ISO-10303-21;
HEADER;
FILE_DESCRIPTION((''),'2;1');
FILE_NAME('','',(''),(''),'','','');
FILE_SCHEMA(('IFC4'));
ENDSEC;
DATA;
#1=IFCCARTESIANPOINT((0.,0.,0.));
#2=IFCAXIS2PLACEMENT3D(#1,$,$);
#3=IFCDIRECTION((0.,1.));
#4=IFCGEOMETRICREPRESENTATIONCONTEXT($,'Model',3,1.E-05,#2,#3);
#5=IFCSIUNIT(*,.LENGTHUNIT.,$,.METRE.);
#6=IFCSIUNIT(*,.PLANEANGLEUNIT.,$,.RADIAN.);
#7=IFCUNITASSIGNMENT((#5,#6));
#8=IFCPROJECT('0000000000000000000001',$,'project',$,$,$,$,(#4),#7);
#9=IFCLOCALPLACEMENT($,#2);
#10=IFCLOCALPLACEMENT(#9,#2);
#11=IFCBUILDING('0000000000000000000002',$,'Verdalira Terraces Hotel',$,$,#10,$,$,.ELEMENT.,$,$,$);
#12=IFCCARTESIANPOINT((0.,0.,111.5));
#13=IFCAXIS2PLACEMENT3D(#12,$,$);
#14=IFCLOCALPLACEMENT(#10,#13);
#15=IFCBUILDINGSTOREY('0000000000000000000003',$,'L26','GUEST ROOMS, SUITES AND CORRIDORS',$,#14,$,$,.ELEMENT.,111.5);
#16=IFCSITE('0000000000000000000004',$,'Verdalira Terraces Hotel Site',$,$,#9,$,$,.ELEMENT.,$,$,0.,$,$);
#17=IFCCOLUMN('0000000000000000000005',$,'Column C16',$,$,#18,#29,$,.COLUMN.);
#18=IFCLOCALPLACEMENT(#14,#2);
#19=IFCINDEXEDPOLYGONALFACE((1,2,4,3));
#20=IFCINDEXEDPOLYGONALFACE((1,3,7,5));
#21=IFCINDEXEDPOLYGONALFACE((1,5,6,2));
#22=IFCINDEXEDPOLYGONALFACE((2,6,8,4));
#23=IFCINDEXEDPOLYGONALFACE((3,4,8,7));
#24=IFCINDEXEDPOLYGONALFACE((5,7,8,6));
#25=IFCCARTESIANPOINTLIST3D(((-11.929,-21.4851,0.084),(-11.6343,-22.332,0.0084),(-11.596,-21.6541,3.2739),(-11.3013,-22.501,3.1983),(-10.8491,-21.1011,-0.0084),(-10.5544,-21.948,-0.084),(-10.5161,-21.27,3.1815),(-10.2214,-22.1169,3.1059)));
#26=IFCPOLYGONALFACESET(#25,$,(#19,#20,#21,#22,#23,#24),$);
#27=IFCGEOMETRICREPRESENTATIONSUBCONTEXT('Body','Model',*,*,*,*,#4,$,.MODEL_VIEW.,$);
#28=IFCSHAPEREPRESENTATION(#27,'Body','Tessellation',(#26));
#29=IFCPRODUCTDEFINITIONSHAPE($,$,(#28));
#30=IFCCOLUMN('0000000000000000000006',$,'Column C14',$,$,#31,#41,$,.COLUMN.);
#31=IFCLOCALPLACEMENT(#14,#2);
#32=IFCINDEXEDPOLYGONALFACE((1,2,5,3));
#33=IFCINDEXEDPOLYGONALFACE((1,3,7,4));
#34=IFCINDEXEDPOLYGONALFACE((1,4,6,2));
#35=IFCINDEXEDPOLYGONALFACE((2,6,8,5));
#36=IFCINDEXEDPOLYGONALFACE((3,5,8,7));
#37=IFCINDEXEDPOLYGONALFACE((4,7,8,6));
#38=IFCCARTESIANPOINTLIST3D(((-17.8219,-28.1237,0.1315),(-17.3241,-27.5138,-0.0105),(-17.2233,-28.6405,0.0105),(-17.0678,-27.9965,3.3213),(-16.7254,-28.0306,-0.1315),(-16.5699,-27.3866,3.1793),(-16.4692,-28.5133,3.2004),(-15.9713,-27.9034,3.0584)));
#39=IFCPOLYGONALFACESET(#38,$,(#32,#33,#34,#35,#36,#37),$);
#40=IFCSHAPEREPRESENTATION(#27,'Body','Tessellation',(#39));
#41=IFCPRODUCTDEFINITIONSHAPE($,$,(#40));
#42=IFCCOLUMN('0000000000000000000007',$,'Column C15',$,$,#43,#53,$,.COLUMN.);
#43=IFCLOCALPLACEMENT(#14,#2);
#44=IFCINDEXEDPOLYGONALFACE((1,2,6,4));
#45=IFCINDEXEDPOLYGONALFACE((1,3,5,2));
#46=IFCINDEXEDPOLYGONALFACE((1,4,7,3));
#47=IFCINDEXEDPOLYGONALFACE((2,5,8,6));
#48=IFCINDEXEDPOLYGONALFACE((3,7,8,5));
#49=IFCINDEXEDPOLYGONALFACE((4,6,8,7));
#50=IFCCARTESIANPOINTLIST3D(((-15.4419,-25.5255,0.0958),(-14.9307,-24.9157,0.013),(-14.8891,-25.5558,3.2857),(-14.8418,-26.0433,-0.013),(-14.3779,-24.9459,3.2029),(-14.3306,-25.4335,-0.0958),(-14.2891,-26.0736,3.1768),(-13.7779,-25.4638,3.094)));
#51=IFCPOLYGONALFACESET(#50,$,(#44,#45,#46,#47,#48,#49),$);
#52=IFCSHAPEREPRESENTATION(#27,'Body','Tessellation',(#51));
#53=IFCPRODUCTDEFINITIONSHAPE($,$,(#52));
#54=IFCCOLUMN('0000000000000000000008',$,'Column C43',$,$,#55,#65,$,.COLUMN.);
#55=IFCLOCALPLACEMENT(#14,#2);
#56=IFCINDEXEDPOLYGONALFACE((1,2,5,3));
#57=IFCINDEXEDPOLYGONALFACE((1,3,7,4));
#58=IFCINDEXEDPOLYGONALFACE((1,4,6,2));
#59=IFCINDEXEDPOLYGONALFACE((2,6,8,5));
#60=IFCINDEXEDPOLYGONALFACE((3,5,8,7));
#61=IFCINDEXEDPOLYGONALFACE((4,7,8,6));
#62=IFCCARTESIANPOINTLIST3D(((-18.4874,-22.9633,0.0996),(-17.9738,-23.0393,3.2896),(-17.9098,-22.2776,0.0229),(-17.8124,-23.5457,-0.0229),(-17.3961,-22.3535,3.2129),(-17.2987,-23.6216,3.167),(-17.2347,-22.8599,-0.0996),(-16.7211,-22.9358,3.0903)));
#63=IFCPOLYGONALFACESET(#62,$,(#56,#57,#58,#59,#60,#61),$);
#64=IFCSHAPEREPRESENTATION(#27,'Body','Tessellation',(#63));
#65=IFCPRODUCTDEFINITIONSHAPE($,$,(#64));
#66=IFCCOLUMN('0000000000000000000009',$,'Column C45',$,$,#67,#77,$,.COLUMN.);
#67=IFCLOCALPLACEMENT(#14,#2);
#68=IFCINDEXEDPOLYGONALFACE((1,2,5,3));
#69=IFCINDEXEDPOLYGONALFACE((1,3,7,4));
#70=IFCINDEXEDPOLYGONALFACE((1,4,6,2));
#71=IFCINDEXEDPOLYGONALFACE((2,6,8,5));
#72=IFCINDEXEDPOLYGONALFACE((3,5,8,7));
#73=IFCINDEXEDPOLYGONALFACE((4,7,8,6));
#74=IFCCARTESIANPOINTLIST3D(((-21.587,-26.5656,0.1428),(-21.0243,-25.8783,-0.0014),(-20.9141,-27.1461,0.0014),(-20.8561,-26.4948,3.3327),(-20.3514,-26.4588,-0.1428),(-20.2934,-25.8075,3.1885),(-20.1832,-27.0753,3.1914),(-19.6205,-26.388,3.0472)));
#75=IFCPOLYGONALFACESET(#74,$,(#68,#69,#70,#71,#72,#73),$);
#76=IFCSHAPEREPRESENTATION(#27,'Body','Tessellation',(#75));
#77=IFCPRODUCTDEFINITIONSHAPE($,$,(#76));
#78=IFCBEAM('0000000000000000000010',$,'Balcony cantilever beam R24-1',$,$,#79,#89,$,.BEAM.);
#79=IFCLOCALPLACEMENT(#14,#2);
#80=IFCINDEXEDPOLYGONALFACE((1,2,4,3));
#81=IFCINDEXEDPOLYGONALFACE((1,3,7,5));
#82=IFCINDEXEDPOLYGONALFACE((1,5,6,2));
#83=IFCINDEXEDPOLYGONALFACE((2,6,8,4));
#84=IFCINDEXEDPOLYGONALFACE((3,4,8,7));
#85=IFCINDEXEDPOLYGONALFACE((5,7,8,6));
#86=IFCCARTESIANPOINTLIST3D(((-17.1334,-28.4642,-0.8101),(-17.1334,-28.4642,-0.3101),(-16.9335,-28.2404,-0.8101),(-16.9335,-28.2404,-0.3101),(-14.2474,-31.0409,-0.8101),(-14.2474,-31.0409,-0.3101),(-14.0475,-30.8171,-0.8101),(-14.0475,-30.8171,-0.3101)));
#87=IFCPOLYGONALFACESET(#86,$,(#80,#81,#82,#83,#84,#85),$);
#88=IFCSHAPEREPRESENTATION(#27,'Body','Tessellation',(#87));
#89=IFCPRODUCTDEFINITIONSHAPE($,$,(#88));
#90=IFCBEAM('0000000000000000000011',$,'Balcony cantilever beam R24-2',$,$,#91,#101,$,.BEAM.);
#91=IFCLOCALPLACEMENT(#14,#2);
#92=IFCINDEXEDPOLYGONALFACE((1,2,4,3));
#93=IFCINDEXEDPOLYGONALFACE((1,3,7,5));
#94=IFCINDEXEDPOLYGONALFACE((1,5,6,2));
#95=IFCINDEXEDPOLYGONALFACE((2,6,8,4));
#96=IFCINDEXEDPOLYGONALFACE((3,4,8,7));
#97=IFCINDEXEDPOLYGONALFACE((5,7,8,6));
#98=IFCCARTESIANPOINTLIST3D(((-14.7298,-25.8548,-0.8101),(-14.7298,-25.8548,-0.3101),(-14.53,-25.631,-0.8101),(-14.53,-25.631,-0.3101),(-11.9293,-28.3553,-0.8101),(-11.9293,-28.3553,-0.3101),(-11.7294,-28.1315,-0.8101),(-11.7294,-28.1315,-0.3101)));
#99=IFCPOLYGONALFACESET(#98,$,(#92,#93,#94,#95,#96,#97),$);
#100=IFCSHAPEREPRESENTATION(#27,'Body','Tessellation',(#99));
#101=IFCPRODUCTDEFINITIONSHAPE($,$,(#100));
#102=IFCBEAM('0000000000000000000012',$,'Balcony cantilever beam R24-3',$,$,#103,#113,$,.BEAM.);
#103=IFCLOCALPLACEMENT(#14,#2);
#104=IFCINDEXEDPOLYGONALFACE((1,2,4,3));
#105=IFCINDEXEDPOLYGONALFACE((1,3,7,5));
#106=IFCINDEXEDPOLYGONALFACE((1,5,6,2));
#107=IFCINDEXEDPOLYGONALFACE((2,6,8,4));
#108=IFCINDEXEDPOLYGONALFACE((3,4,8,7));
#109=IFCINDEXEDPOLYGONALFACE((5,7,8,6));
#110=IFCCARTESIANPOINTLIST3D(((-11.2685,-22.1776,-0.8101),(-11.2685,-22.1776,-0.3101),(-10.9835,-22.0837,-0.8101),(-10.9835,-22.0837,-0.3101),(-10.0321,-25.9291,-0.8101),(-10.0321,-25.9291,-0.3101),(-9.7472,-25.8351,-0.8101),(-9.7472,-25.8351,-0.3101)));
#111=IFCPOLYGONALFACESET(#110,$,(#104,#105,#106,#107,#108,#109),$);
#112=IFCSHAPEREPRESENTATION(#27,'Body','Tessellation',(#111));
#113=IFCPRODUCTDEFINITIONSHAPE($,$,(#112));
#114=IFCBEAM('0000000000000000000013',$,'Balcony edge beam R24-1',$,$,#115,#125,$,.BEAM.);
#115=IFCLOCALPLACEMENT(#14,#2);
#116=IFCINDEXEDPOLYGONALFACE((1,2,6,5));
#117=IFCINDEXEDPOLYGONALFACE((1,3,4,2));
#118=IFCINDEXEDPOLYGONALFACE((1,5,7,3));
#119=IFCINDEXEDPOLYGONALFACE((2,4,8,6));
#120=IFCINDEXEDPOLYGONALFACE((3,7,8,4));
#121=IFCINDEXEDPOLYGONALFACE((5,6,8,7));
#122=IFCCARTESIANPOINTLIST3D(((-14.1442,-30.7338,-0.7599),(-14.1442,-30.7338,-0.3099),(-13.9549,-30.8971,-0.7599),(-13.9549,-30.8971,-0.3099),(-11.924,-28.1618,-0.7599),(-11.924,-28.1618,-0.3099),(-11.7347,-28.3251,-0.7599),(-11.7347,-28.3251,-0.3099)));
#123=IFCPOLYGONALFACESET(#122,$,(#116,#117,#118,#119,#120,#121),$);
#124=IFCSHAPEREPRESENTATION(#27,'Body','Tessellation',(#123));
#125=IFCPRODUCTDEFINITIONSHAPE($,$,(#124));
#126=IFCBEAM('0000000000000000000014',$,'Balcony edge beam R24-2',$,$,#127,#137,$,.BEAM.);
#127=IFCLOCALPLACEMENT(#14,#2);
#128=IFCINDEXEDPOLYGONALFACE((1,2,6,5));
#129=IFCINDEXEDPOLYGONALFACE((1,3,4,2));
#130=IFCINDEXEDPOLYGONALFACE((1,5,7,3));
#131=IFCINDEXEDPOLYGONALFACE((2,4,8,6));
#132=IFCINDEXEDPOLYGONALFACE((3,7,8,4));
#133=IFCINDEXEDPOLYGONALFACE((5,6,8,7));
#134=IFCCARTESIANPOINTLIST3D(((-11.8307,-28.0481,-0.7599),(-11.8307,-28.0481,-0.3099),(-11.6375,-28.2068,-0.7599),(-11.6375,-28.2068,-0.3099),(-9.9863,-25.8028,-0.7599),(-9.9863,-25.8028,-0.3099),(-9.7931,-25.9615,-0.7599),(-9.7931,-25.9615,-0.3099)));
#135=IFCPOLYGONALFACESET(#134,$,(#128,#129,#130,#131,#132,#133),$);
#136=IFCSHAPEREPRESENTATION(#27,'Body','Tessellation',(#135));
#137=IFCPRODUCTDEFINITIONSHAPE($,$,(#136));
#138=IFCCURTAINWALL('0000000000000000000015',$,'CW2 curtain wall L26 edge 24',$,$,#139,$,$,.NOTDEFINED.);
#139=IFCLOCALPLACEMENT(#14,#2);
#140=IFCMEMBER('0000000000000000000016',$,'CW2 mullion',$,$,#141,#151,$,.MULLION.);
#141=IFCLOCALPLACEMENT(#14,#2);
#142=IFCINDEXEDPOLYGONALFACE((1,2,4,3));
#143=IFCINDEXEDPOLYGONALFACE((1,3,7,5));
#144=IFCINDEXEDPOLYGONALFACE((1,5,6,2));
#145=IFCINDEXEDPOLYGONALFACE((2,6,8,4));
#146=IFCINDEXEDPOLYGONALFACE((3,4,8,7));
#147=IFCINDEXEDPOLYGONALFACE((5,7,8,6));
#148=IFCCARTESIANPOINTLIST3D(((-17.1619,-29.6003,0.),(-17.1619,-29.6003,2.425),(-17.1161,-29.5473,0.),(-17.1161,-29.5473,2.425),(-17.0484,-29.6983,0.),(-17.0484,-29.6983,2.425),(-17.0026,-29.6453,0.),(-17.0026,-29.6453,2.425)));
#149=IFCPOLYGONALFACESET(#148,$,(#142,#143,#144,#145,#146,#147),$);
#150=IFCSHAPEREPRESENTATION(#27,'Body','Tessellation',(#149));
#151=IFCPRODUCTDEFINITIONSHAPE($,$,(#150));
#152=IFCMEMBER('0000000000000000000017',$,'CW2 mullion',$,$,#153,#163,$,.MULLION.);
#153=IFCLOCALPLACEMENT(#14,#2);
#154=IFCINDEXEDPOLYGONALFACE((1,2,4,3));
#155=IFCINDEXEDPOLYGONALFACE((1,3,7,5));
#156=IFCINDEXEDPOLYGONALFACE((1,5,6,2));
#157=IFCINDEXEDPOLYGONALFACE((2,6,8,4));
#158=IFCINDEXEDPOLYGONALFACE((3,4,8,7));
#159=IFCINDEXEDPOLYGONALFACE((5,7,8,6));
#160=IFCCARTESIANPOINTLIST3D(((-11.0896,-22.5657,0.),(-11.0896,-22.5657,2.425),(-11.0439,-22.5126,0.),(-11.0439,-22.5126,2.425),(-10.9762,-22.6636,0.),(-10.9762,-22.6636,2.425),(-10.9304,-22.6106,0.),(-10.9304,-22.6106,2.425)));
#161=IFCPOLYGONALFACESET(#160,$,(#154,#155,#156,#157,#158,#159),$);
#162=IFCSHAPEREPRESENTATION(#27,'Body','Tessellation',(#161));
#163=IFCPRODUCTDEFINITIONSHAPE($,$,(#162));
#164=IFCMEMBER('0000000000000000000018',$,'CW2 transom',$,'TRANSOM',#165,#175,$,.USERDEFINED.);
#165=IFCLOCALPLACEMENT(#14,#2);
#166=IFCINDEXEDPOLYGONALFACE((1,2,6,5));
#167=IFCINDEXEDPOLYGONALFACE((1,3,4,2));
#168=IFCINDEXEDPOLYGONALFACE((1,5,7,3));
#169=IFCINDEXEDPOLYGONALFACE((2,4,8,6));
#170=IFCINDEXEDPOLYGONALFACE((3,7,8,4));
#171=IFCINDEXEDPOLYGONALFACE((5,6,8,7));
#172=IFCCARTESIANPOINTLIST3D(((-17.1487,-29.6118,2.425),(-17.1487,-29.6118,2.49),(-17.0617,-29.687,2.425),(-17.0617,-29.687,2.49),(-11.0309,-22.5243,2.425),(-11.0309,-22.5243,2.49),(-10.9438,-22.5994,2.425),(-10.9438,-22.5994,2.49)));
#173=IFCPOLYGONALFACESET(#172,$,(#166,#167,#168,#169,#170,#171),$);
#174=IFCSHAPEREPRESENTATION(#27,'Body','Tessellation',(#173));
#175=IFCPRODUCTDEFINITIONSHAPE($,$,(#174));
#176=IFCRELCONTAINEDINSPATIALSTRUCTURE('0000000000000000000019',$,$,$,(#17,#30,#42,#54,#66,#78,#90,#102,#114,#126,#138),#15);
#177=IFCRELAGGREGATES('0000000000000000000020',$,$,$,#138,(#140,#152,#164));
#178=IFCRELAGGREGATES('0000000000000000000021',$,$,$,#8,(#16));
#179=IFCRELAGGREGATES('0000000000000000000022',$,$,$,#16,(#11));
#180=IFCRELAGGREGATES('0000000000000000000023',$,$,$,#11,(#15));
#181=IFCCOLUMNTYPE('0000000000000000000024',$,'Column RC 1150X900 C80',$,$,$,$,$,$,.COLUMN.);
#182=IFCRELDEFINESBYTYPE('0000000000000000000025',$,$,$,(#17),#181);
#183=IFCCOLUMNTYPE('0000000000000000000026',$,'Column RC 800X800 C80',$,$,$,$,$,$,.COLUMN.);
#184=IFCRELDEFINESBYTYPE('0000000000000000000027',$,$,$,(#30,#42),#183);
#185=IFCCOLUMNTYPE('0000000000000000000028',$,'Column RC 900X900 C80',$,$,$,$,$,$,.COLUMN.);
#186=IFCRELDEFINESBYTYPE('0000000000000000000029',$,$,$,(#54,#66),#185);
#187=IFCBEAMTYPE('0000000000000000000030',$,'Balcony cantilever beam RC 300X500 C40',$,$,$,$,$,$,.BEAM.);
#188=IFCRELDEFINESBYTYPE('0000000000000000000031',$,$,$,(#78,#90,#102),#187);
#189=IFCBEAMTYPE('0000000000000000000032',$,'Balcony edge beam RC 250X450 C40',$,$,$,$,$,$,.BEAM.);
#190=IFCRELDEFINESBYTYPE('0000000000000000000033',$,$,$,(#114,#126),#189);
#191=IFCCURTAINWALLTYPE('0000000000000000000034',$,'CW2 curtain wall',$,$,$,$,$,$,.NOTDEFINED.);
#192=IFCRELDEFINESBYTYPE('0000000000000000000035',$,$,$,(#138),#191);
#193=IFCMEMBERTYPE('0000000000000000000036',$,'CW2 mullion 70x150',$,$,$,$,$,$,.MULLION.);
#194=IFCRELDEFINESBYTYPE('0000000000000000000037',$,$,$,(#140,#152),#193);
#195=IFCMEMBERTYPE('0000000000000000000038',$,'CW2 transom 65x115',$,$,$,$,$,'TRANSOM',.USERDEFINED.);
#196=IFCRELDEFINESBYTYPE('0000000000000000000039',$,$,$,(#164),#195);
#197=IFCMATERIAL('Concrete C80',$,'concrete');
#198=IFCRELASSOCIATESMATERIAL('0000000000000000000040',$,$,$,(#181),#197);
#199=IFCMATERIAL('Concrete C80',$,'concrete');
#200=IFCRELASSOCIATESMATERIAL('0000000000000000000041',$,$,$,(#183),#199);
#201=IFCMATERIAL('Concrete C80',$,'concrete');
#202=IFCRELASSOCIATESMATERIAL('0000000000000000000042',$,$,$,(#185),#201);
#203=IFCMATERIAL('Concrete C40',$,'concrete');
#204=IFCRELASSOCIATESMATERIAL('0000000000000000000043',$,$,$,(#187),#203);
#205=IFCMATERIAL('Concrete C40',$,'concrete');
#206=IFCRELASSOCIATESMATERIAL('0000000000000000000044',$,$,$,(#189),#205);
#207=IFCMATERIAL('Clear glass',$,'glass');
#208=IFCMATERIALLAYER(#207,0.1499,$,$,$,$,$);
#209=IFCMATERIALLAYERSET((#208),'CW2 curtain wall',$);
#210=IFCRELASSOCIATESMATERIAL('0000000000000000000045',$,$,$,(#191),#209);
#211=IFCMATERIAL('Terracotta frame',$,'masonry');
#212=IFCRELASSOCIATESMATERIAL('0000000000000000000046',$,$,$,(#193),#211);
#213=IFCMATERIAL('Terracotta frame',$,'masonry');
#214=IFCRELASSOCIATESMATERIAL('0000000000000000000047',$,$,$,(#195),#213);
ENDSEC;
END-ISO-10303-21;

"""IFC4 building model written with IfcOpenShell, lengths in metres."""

from ifc_helpers import new_model, si_unit, direction, frame, origin, origin_2d, place, context, subcontext, project, spatial, rectangle, extrude, material, layer, layer_set, material_profile, profile_set, type_object, element, aggregate, save


model = new_model("IFC4")

# Units and contexts
model_context = context("Model", 3, precision=1e-05, world=origin(), true_north=direction((0.0, 1.0)))
body_context = subcontext(model_context, "Body", "Model", "MODEL_VIEW")
ifc_project = project(units=[si_unit("LENGTHUNIT", "METRE"), si_unit("PLANEANGLEUNIT", "RADIAN")], contexts=[model_context])

# Site, building, storey
site_placement = place(None, origin())
site = spatial("IfcSite", under=ifc_project, at=site_placement, Name="Verdalira Terraces Hotel Site", CompositionType="ELEMENT", RefElevation=0.0)
building_placement = place(site_placement, origin())
building = spatial("IfcBuilding", under=site, at=building_placement, Name="Verdalira Terraces Hotel", CompositionType="ELEMENT")
storey_placement = place(building_placement, frame((0.0, 0.0, 111.5)))
storey = spatial("IfcBuildingStorey", under=building, at=storey_placement, Name="L26", Description="GUEST ROOMS, SUITES AND CORRIDORS", CompositionType="ELEMENT", Elevation=111.5)

# Columns
ifc_material_1 = material(Name="Concrete C80", Category="concrete")
ifc_material_profile_1 = material_profile(ifc_material_1, rectangle(XDim=1.1499, YDim=0.8999, at=origin_2d()), Name="RC 1150X900")
ifc_profile_set_1 = profile_set([ifc_material_profile_1], Name="Concrete C80")
column_type_1 = type_object("IfcColumnType", Name="Column RC 1150X900 C80", PredefinedType="COLUMN", material=ifc_profile_set_1)
column_1_placement = place(storey_placement, frame((-11.2417, -21.7166, 0.0), z_axis=(0.103685, -0.052603, 0.993218), x_axis=(-0.939138, -0.334011, 0.08035)))
element("IfcColumn", 1, at=column_1_placement, inside=storey, type_object=column_type_1, Name="Column C16", PredefinedType="COLUMN", context=body_context, shape_type="SweptSolid", body=[
    extrude(rectangle(XDim=1.1499, YDim=0.8999, at=origin_2d()), origin(), (0.0, 0.0, 1.0), 3.2117),
])
ifc_material_2 = material(Name="Concrete C80", Category="concrete")
ifc_material_profile_2 = material_profile(ifc_material_2, rectangle(XDim=0.8, YDim=0.8, at=origin_2d()), Name="RC 800X800")
ifc_profile_set_2 = profile_set([ifc_material_profile_2], Name="Concrete C80")
column_type_2 = type_object("IfcColumnType", Name="Column RC 800X800 C80", PredefinedType="COLUMN", material=ifc_profile_set_2)
column_2_placement = place(storey_placement, frame((-17.2737, -28.0771, 0.0), z_axis=(0.2299, 0.038776, 0.972442), x_axis=(0.622287, 0.762395, -0.177518)))
element("IfcColumn", 2, at=column_2_placement, inside=storey, type_object=column_type_2, Name="Column C14", PredefinedType="COLUMN", context=body_context, shape_type="SweptSolid", body=[
    extrude(rectangle(XDim=0.8, YDim=0.8, at=origin_2d()), origin(), (0.0, 0.0, 1.0), 3.2803),
])
column_3_placement = place(storey_placement, frame((-14.8862, -25.4795, 0.0), z_axis=(0.170723, -0.009351, 0.985275), x_axis=(0.638981, 0.76223, -0.103485)))
element("IfcColumn", 3, at=column_3_placement, inside=storey, type_object=column_type_2, Name="Column C15", PredefinedType="COLUMN", context=body_context, shape_type="SweptSolid", body=[
    extrude(rectangle(XDim=0.8, YDim=0.8, at=origin_2d()), origin(), (0.0, 0.0, 1.0), 3.2375),
])
ifc_material_3 = material(Name="Concrete C80", Category="concrete")
ifc_material_profile_3 = material_profile(ifc_material_3, rectangle(XDim=0.8999, YDim=0.8999, at=origin_2d()), Name="RC 900X900")
ifc_profile_set_3 = profile_set([ifc_material_profile_3], Name="Concrete C80")
column_type_3 = type_object("IfcColumnType", Name="Column RC 900X900 C80", PredefinedType="COLUMN", material=ifc_profile_set_3)
column_4_placement = place(storey_placement, frame((-17.8611, -22.9116, 0.0), z_axis=(0.158937, -0.023493, 0.987009), x_axis=(-0.641898, -0.762039, 0.085226)))
element("IfcColumn", 4, at=column_4_placement, inside=storey, type_object=column_type_3, Name="Column C43", PredefinedType="COLUMN", context=body_context, shape_type="SweptSolid", body=[
    extrude(rectangle(XDim=0.8999, YDim=0.8999, at=origin_2d()), origin(), (0.0, 0.0, 1.0), 3.2319),
])
column_5_placement = place(storey_placement, frame((-20.9692, -26.5122, 0.0), z_axis=(0.223303, 0.021629, 0.974509), x_axis=(-0.625307, -0.763751, 0.160237)))
element("IfcColumn", 5, at=column_5_placement, inside=storey, type_object=column_type_3, Name="Column C45", PredefinedType="COLUMN", context=body_context, shape_type="SweptSolid", body=[
    extrude(rectangle(XDim=0.8999, YDim=0.8999, at=origin_2d()), origin(), (0.0, 0.0, 1.0), 3.2734),
])

# Beams
ifc_material_4 = material(Name="Concrete C40", Category="concrete")
ifc_material_profile_4 = material_profile(ifc_material_4, rectangle(XDim=0.3, YDim=0.5, at=origin_2d()), Name="RC 300X500")
ifc_profile_set_4 = profile_set([ifc_material_profile_4], Name="Concrete C40")
beam_type_1 = type_object("IfcBeamType", Name="Balcony cantilever beam RC 300X500 C40", PredefinedType="BEAM", material=ifc_profile_set_4)
beam_1_placement = place(storey_placement, frame((-17.0334, -28.3523, -0.5601), z_axis=(0.745952, -0.665999, 0.0), x_axis=(0.665999, 0.745952, 0.0)))
element("IfcBeam", 6, at=beam_1_placement, inside=storey, type_object=beam_type_1, Name="Balcony cantilever beam R24-1", PredefinedType="BEAM", context=body_context, shape_type="SweptSolid", body=[
    extrude(rectangle(XDim=0.3, YDim=0.5, at=origin_2d()), origin(), (0.0, 0.0, 1.0), 3.8689),
])
beam_2_placement = place(storey_placement, frame((-14.6299, -25.7429, -0.5601), z_axis=(0.745937, -0.666017, 0.0), x_axis=(0.666017, 0.745937, 0.0)))
element("IfcBeam", 7, at=beam_2_placement, inside=storey, type_object=beam_type_1, Name="Balcony cantilever beam R24-2", PredefinedType="BEAM", context=body_context, shape_type="SweptSolid", body=[
    extrude(rectangle(XDim=0.3, YDim=0.5, at=origin_2d()), origin(), (0.0, 0.0, 1.0), 3.7544),
])
beam_3_placement = place(storey_placement, frame((-11.126, -22.1306, -0.5601), z_axis=(0.313, -0.949753, 0.0), x_axis=(0.949753, 0.313, 0.0)))
element("IfcBeam", 8, at=beam_3_placement, inside=storey, type_object=beam_type_1, Name="Balcony cantilever beam R24-3", PredefinedType="BEAM", context=body_context, shape_type="SweptSolid", body=[
    extrude(rectangle(XDim=0.3, YDim=0.5, at=origin_2d()), origin(), (0.0, 0.0, 1.0), 3.95),
])
ifc_material_5 = material(Name="Concrete C40", Category="concrete")
ifc_material_profile_5 = material_profile(ifc_material_5, rectangle(XDim=0.25, YDim=0.45, at=origin_2d()), Name="RC 250X450")
ifc_profile_set_5 = profile_set([ifc_material_profile_5], Name="Concrete C40")
beam_type_2 = type_object("IfcBeamType", Name="Balcony edge beam RC 250X450 C40", PredefinedType="BEAM", material=ifc_profile_set_5)
beam_4_placement = place(storey_placement, frame((-14.0496, -30.8154, -0.5349), z_axis=(0.653438, 0.75698, 0.0), x_axis=(-0.75698, 0.653438, 0.0)))
element("IfcBeam", 9, at=beam_4_placement, inside=storey, type_object=beam_type_2, Name="Balcony edge beam R24-1", PredefinedType="BEAM", context=body_context, shape_type="SweptSolid", body=[
    extrude(rectangle(XDim=0.25, YDim=0.45, at=origin_2d()), origin(), (0.0, 0.0, 1.0), 3.3977),
])
beam_5_placement = place(storey_placement, frame((-11.7341, -28.1274, -0.5349), z_axis=(0.634756, 0.772713, 0.0), x_axis=(-0.772713, 0.634756, 0.0)))
element("IfcBeam", 10, at=beam_5_placement, inside=storey, type_object=beam_type_2, Name="Balcony edge beam R24-2", PredefinedType="BEAM", context=body_context, shape_type="SweptSolid", body=[
    extrude(rectangle(XDim=0.25, YDim=0.45, at=origin_2d()), origin(), (0.0, 0.0, 1.0), 2.9058),
])

# Curtain wall, members
ifc_material_6 = material(Name="Clear glass", Category="glass")
ifc_layer_1 = layer(ifc_material_6, 0.1499)
ifc_layer_set_1 = layer_set([ifc_layer_1], Name="CW2 curtain wall")
curtain_wall_type = type_object("IfcCurtainWallType", Name="CW2 curtain wall", PredefinedType="NOTDEFINED", material=ifc_layer_set_1)
curtain_wall_placement = place(storey_placement, origin())
curtain_wall = element("IfcCurtainWall", 11, at=curtain_wall_placement, inside=storey, type_object=curtain_wall_type, Name="CW2 curtain wall L26 edge 24", PredefinedType="NOTDEFINED")
ifc_material_7 = material(Name="Terracotta frame", Category="masonry")
ifc_material_profile_6 = material_profile(ifc_material_7, rectangle(XDim=0.0701, YDim=0.1499, at=origin_2d()), Name="MU 70x150")
ifc_profile_set_6 = profile_set([ifc_material_profile_6], Name="Terracotta frame")
member_type_1 = type_object("IfcMemberType", Name="CW2 mullion 70x150", PredefinedType="MULLION", material=ifc_profile_set_6)
member_1_placement = place(storey_placement, frame((-17.0823, -29.6228, 0.0), z_axis=(0.0, 0.0, 1.0), x_axis=(0.653421, 0.756995, 0.0)))
member_1 = element("IfcMember", 12, at=member_1_placement, type_object=member_type_1, Name="CW2 mullion", PredefinedType="MULLION", context=body_context, shape_type="SweptSolid", body=[
    extrude(rectangle(XDim=0.0701, YDim=0.1499, at=origin_2d()), origin(), (0.0, 0.0, 1.0), 2.425),
])
member_2_placement = place(storey_placement, frame((-11.01, -22.5881, 0.0), z_axis=(0.0, 0.0, 1.0), x_axis=(0.653421, 0.756995, 0.0)))
member_2 = element("IfcMember", 13, at=member_2_placement, type_object=member_type_1, Name="CW2 mullion", PredefinedType="MULLION", context=body_context, shape_type="SweptSolid", body=[
    extrude(rectangle(XDim=0.0701, YDim=0.1499, at=origin_2d()), origin(), (0.0, 0.0, 1.0), 2.425),
])
ifc_material_8 = material(Name="Terracotta frame", Category="masonry")
ifc_material_profile_7 = material_profile(ifc_material_8, rectangle(XDim=0.115, YDim=0.0649, at=origin_2d()), Name="TR 65x115")
ifc_profile_set_7 = profile_set([ifc_material_profile_7], Name="Terracotta frame")
member_type_2 = type_object("IfcMemberType", Name="CW2 transom 65x115", ElementType="TRANSOM", PredefinedType="USERDEFINED", material=ifc_profile_set_7)
member_3_placement = place(storey_placement, frame((-17.1052, -29.6494, 2.4575), z_axis=(0.653422, 0.756994, 0.0), x_axis=(-0.756994, 0.653422, 0.0)))
member_3 = element("IfcMember", 14, at=member_3_placement, type_object=member_type_2, Name="CW2 transom", ObjectType="TRANSOM", PredefinedType="USERDEFINED", context=body_context, shape_type="SweptSolid", body=[
    extrude(rectangle(XDim=0.115, YDim=0.0649, at=origin_2d()), origin(), (0.0, 0.0, 1.0), 9.3628),
])

aggregate(curtain_wall, [member_1, member_2, member_3])

save(model, "model.ifc")
